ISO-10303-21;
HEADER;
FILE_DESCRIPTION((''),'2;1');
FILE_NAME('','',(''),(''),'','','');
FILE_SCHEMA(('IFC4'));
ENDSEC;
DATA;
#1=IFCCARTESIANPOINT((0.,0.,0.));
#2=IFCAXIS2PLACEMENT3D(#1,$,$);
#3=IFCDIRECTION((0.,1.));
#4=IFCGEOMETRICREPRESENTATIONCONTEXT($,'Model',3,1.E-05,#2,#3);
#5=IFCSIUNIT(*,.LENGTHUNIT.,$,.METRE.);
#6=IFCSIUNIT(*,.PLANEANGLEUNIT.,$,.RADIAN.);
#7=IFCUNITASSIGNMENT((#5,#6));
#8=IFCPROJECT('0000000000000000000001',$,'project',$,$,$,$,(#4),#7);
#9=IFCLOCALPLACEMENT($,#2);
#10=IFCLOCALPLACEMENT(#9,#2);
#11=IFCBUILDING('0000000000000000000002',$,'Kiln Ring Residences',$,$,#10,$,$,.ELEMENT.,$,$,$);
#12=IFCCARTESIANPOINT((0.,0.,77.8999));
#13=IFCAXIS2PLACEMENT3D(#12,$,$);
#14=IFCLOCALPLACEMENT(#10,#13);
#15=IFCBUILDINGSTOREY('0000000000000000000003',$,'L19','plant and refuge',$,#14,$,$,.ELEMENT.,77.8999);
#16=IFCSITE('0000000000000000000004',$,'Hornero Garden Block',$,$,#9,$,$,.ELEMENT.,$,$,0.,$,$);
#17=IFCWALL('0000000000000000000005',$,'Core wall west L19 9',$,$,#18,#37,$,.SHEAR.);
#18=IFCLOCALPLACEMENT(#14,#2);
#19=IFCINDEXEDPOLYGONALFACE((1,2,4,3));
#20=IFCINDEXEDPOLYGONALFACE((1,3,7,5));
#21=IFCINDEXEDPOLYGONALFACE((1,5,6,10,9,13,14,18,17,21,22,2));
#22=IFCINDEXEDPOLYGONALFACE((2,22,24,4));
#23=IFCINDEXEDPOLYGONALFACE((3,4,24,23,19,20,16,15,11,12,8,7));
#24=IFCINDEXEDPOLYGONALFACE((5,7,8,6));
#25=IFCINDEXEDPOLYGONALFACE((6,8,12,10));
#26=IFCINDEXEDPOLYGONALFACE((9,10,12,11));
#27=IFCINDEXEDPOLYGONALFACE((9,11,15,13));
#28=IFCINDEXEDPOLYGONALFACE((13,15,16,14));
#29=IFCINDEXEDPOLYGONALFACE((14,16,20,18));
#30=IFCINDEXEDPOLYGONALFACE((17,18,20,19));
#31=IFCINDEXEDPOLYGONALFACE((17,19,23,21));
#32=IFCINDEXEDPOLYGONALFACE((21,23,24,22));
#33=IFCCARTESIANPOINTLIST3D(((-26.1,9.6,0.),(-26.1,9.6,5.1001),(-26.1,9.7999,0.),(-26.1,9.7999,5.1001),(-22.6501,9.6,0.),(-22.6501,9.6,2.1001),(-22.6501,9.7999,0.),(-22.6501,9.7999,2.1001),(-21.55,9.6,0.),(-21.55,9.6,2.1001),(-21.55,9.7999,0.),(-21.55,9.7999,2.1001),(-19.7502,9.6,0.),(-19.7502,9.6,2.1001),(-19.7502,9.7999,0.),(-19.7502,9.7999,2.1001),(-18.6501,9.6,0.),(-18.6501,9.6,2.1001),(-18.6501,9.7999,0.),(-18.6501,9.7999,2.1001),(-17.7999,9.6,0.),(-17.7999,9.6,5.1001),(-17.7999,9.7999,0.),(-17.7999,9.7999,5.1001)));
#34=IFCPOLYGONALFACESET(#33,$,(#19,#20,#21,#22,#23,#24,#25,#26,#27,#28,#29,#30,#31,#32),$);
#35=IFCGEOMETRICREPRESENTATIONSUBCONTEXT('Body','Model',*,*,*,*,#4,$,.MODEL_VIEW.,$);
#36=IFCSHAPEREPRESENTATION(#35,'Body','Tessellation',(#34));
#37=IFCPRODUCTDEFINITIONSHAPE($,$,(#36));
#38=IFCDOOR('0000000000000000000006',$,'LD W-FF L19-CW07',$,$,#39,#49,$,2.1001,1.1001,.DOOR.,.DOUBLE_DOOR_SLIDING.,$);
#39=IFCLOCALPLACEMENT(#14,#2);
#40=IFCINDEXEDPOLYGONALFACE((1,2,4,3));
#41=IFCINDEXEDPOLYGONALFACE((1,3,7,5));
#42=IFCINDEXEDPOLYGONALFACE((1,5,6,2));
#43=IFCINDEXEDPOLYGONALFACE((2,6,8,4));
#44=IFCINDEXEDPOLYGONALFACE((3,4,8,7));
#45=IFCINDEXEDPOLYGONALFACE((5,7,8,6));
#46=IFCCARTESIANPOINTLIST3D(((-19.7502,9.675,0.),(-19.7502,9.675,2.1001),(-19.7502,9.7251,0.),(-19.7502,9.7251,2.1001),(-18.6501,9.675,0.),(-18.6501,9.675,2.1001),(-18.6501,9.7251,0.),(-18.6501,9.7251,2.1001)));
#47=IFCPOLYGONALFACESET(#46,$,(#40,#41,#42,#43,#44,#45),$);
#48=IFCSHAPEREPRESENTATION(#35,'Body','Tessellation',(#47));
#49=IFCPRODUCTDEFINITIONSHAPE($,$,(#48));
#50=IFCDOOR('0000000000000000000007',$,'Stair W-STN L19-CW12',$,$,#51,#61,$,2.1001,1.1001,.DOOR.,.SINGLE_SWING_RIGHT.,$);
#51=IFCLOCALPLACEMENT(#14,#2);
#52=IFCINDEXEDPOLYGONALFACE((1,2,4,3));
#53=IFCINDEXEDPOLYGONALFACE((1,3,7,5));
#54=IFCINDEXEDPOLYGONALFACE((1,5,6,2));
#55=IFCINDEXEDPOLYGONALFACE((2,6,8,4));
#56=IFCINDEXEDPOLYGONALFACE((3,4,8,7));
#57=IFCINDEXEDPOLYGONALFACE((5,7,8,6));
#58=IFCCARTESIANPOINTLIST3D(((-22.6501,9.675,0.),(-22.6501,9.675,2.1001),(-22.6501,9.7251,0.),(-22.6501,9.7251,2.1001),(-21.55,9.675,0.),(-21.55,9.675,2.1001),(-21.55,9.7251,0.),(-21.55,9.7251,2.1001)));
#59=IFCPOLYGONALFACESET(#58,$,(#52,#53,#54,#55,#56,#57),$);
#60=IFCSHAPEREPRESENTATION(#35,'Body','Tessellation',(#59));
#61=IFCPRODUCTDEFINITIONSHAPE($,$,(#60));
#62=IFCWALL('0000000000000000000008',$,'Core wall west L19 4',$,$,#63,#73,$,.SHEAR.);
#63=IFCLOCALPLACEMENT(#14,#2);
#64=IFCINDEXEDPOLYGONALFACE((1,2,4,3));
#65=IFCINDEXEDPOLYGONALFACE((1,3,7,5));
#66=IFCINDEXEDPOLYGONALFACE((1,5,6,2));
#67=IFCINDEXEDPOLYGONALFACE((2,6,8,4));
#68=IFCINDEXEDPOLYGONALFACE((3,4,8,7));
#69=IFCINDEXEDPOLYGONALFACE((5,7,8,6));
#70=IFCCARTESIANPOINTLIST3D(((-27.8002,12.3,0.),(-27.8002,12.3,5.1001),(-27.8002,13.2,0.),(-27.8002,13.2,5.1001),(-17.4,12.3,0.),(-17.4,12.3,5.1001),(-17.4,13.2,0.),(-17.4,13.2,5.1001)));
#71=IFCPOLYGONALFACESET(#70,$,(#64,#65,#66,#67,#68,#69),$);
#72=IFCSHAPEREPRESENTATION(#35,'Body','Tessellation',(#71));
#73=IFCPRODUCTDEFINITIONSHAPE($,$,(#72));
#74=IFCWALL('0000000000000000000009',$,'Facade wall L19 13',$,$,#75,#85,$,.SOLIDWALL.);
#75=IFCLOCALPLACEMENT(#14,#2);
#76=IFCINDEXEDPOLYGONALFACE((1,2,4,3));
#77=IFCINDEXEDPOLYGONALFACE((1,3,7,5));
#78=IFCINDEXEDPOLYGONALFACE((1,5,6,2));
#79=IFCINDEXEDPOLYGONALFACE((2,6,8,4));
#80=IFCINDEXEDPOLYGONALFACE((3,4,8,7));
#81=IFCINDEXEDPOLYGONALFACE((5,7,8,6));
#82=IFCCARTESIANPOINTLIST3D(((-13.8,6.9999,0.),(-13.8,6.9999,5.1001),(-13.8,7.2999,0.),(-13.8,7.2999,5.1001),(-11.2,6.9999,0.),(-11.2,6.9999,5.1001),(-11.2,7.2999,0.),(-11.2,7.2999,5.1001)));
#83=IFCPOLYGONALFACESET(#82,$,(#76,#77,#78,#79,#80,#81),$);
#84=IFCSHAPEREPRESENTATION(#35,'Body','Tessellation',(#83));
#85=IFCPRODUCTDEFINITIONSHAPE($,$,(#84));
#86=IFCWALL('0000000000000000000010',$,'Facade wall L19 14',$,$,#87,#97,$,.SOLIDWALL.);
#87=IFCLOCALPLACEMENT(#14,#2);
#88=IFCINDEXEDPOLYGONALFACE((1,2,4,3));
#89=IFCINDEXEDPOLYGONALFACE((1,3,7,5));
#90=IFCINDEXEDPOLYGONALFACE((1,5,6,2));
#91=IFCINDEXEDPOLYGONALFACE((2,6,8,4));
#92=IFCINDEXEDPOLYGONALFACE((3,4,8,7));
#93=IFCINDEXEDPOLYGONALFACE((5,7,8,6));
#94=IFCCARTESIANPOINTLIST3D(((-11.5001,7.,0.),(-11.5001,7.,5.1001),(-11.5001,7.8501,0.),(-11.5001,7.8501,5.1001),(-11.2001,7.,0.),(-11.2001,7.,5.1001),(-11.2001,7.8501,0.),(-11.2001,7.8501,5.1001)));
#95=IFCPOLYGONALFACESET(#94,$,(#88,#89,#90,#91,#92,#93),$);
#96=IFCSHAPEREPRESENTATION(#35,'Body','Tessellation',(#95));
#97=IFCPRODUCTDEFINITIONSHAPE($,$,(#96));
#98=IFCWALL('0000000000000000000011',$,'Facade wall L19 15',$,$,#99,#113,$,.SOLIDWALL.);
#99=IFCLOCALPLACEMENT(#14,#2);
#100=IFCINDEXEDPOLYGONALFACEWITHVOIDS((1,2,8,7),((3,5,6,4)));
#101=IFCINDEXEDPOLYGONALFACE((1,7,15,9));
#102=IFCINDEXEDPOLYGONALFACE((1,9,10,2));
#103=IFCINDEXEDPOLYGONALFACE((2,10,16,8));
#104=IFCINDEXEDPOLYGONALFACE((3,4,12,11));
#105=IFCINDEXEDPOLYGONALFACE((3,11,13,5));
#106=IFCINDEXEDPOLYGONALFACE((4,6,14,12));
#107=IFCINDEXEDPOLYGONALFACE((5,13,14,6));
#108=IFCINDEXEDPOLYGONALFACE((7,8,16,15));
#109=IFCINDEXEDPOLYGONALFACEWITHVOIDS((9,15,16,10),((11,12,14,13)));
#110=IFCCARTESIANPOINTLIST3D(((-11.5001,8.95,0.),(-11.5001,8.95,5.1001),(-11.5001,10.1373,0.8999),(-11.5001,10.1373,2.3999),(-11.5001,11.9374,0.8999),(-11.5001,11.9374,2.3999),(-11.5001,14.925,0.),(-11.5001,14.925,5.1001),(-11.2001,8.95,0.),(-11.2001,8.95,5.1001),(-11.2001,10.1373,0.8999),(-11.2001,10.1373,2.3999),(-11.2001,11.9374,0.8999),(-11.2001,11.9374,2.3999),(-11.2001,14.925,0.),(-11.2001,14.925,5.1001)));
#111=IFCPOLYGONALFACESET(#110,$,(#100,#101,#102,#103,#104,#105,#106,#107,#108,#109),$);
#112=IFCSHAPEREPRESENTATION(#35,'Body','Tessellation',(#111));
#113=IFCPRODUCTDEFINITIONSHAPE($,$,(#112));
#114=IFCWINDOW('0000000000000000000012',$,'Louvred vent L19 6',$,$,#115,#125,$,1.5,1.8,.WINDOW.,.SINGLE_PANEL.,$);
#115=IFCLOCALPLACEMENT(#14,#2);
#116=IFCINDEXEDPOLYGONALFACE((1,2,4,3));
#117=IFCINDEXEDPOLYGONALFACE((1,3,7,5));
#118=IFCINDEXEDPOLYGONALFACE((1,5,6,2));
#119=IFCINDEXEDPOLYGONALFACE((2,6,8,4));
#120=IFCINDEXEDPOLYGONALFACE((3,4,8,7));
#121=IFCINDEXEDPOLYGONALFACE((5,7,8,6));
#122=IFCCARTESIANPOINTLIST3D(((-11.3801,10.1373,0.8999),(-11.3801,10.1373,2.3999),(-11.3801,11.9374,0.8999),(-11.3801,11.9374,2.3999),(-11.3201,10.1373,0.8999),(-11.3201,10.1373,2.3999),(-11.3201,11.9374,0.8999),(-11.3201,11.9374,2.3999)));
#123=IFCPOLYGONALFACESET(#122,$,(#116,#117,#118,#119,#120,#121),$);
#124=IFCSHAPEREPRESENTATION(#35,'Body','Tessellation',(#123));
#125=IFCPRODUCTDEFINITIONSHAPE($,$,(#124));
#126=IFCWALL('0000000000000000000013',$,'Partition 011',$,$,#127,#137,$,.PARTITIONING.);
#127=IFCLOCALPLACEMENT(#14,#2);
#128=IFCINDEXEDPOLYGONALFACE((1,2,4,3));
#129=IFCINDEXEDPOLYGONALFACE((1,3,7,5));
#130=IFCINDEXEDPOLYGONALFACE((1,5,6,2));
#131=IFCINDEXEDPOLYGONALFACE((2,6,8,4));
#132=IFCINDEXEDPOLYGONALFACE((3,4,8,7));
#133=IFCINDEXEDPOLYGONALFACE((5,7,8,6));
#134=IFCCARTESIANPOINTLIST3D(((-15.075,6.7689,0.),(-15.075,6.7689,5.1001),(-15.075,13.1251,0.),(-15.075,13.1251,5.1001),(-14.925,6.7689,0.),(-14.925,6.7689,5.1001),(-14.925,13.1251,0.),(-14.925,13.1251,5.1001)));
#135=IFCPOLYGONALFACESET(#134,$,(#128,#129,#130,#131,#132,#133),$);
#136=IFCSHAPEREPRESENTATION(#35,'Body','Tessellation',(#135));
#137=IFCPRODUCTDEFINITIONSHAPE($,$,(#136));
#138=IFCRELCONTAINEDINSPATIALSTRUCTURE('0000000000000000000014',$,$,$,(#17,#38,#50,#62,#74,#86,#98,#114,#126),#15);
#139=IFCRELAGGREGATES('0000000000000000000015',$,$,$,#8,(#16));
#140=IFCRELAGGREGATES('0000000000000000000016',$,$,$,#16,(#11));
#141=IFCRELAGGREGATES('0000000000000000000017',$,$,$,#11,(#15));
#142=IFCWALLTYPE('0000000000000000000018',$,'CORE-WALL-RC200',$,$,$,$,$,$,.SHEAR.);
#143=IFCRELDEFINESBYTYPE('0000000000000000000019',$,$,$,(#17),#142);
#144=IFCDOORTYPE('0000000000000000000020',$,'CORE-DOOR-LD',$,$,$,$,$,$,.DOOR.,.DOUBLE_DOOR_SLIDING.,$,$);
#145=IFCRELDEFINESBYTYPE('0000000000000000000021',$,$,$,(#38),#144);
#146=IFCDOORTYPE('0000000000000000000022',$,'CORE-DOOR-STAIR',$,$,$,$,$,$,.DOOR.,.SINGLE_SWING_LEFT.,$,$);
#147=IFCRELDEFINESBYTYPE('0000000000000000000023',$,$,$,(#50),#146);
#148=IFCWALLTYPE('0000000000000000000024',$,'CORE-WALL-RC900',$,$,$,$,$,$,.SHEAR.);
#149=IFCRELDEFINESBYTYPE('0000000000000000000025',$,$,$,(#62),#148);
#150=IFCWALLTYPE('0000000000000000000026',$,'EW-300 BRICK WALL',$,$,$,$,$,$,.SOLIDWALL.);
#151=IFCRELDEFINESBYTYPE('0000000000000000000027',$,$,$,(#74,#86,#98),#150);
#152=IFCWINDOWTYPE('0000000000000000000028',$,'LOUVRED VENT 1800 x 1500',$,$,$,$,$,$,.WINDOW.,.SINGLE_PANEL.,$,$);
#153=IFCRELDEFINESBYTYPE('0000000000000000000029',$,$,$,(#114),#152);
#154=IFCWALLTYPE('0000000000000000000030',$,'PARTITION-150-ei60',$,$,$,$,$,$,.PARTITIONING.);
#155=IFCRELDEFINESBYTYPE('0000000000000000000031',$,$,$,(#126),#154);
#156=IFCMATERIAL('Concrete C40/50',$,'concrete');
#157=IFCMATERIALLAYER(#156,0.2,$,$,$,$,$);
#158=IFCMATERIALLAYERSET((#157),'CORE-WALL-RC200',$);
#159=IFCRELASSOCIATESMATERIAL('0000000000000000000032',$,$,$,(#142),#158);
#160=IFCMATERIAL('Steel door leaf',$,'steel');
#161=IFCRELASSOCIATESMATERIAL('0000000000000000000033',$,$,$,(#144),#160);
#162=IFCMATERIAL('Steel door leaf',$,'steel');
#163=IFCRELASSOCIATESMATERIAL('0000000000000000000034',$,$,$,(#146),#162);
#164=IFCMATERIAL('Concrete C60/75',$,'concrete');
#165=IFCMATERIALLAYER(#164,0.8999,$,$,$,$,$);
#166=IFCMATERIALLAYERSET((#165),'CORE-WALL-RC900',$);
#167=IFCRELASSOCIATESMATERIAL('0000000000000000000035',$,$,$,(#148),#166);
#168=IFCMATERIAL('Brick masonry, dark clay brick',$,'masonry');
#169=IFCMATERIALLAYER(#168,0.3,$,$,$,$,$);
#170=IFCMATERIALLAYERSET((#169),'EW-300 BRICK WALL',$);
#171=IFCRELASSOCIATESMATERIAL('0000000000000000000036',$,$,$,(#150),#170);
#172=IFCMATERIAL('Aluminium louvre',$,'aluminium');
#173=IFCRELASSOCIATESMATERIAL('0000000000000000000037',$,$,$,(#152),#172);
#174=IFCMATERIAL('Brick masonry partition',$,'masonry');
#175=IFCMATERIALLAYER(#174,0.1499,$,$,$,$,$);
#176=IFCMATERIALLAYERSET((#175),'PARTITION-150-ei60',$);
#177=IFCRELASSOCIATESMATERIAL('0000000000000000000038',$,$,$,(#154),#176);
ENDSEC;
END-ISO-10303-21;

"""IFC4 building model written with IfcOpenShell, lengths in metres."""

from ifc_helpers import new_model, si_unit, direction, frame, frame_2d, origin, place, context, subcontext, project, spatial, rectangle, extrude, material, layer, layer_set, type_object, element, fill, save


model = new_model("IFC4")

# Units and contexts
model_context = context("Model", 3, precision=1e-05, world=origin(), true_north=direction((0.0, 1.0)))
body_context = subcontext(model_context, "Body", "Model", "MODEL_VIEW")
ifc_project = project(units=[si_unit("LENGTHUNIT", "METRE"), si_unit("PLANEANGLEUNIT", "RADIAN")], contexts=[model_context])

# Site, building, storey
site_placement = place(None, origin())
site = spatial("IfcSite", under=ifc_project, at=site_placement, Name="Hornero Garden Block", CompositionType="ELEMENT", RefElevation=0.0)
building_placement = place(site_placement, origin())
building = spatial("IfcBuilding", under=site, at=building_placement, Name="Kiln Ring Residences", CompositionType="ELEMENT")
storey_placement = place(building_placement, frame((0.0, 0.0, 77.8999)))
storey = spatial("IfcBuildingStorey", under=building, at=storey_placement, Name="L19", Description="plant and refuge", CompositionType="ELEMENT", Elevation=77.8999)

# Wall, openings, doors
ifc_material_1 = material(Name="Concrete C40/50", Category="concrete")
ifc_layer_1 = layer(ifc_material_1, 0.2)
ifc_layer_set_1 = layer_set([ifc_layer_1], Name="CORE-WALL-RC200")
wall_type_1 = type_object("IfcWallType", Name="CORE-WALL-RC200", PredefinedType="SHEAR", material=ifc_layer_set_1)
wall_1_placement = place(storey_placement, frame((-17.8, 9.7, 0.0), z_axis=(0.0, 0.0, 1.0), x_axis=(-1.0, 0.0, 0.0)))
wall_1 = element("IfcWall", 1, at=wall_1_placement, inside=storey, type_object=wall_type_1, Name="Core wall west L19 9", PredefinedType="SHEAR", context=body_context, shape_type="SweptSolid", body=[
    extrude(rectangle(XDim=8.3, YDim=0.2, at=frame_2d((4.1499, 0.0))), origin(), (0.0, 0.0, 1.0), 5.1001),
])
opening_1_placement = place(wall_1_placement, frame((0.8501, 0.0, 0.0)))
opening_1 = element("IfcOpeningElement", 2, at=opening_1_placement, cuts=wall_1, PredefinedType="OPENING", context=body_context, shape_type="SweptSolid", body=[
    extrude(rectangle(XDim=1.1001, YDim=2.1001, at=frame_2d((0.55, 1.05))), frame((0.0, 0.1099, 0.0), z_axis=(0.0, -1.0, 0.0), x_axis=(1.0, 0.0, 0.0)), (0.0, 0.0, 1.0), 0.22),
])
opening_2_placement = place(wall_1_placement, frame((3.75, 0.0, 0.0)))
opening_2 = element("IfcOpeningElement", 3, at=opening_2_placement, cuts=wall_1, PredefinedType="OPENING", context=body_context, shape_type="SweptSolid", body=[
    extrude(rectangle(XDim=1.1001, YDim=2.1001, at=frame_2d((0.55, 1.05))), frame((0.0, 0.1099, 0.0), z_axis=(0.0, -1.0, 0.0), x_axis=(1.0, 0.0, 0.0)), (0.0, 0.0, 1.0), 0.22),
])
ifc_material_2 = material(Name="Steel door leaf", Category="steel")
door_type_1 = type_object("IfcDoorType", Name="CORE-DOOR-LD", OperationType="DOUBLE_DOOR_SLIDING", PredefinedType="DOOR", material=ifc_material_2)
door_1_placement = place(opening_1_placement, origin())
door_1 = element("IfcDoor", 4, at=door_1_placement, inside=storey, type_object=door_type_1, Name="LD W-FF L19-CW07", OperationType="DOUBLE_DOOR_SLIDING", OverallHeight=2.1001, OverallWidth=1.1001, PredefinedType="DOOR", context=body_context, shape_type="SweptSolid", body=[
    extrude(rectangle(XDim=1.1001, YDim=2.1001, at=frame_2d((0.55, 1.05))), frame((0.0, 0.0249, 0.0), z_axis=(0.0, -1.0, 0.0), x_axis=(1.0, 0.0, 0.0)), (0.0, 0.0, 1.0), 0.05),
])
fill(opening_1, door_1)
ifc_material_3 = material(Name="Steel door leaf", Category="steel")
door_type_2 = type_object("IfcDoorType", Name="CORE-DOOR-STAIR", OperationType="SINGLE_SWING_LEFT", PredefinedType="DOOR", material=ifc_material_3)
door_2_placement = place(opening_2_placement, origin())
door_2 = element("IfcDoor", 5, at=door_2_placement, inside=storey, type_object=door_type_2, Name="Stair W-STN L19-CW12", OperationType="SINGLE_SWING_RIGHT", OverallHeight=2.1001, OverallWidth=1.1001, PredefinedType="DOOR", context=body_context, shape_type="SweptSolid", body=[
    extrude(rectangle(XDim=1.1001, YDim=2.1001, at=frame_2d((0.55, 1.05))), frame((0.0, 0.0249, 0.0), z_axis=(0.0, -1.0, 0.0), x_axis=(1.0, 0.0, 0.0)), (0.0, 0.0, 1.0), 0.05),
])
fill(opening_2, door_2)

# Walls
ifc_material_4 = material(Name="Concrete C60/75", Category="concrete")
ifc_layer_2 = layer(ifc_material_4, 0.8999)
ifc_layer_set_2 = layer_set([ifc_layer_2], Name="CORE-WALL-RC900")
wall_type_2 = type_object("IfcWallType", Name="CORE-WALL-RC900", PredefinedType="SHEAR", material=ifc_layer_set_2)
wall_2_placement = place(storey_placement, frame((-17.3999, 12.75, 0.0), z_axis=(0.0, 0.0, 1.0), x_axis=(-1.0, 0.0, 0.0)))
element("IfcWall", 6, at=wall_2_placement, inside=storey, type_object=wall_type_2, Name="Core wall west L19 4", PredefinedType="SHEAR", context=body_context, shape_type="SweptSolid", body=[
    extrude(rectangle(XDim=10.4001, YDim=0.8999, at=frame_2d((5.2002, 0.0))), origin(), (0.0, 0.0, 1.0), 5.1001),
])
ifc_material_5 = material(Name="Brick masonry, dark clay brick", Category="masonry")
ifc_layer_3 = layer(ifc_material_5, 0.3)
ifc_layer_set_3 = layer_set([ifc_layer_3], Name="EW-300 BRICK WALL")
wall_type_3 = type_object("IfcWallType", Name="EW-300 BRICK WALL", PredefinedType="SOLIDWALL", material=ifc_layer_set_3)
wall_3_placement = place(storey_placement, frame((-13.8, 7.1499, 0.0), z_axis=(0.0, 0.0, 1.0), x_axis=(1.0, 0.0, 0.0)))
element("IfcWall", 7, at=wall_3_placement, inside=storey, type_object=wall_type_3, Name="Facade wall L19 13", PredefinedType="SOLIDWALL", context=body_context, shape_type="SweptSolid", body=[
    extrude(rectangle(XDim=2.6001, YDim=0.3, at=frame_2d((1.3, 0.0))), origin(), (0.0, 0.0, 1.0), 5.1001),
])
wall_4_placement = place(storey_placement, frame((-11.3501, 7.0, 0.0), z_axis=(0.0, 0.0, 1.0), x_axis=(0.0, 1.0, 0.0)))
element("IfcWall", 8, at=wall_4_placement, inside=storey, type_object=wall_type_3, Name="Facade wall L19 14", PredefinedType="SOLIDWALL", context=body_context, shape_type="SweptSolid", body=[
    extrude(rectangle(XDim=0.8501, YDim=0.3, at=frame_2d((0.425, 0.0))), origin(), (0.0, 0.0, 1.0), 5.1001),
])

# Wall, opening, window
wall_5_placement = place(storey_placement, frame((-11.3501, 8.95, 0.0), z_axis=(0.0, 0.0, 1.0), x_axis=(0.0, 1.0, 0.0)))
wall_5 = element("IfcWall", 9, at=wall_5_placement, inside=storey, type_object=wall_type_3, Name="Facade wall L19 15", PredefinedType="SOLIDWALL", context=body_context, shape_type="SweptSolid", body=[
    extrude(rectangle(XDim=5.9751, YDim=0.3, at=frame_2d((2.9875, 0.0))), origin(), (0.0, 0.0, 1.0), 5.1001),
])
opening_3_placement = place(wall_5_placement, frame((1.1875, 0.0, 0.8999)))
opening_3 = element("IfcOpeningElement", 10, at=opening_3_placement, cuts=wall_5, PredefinedType="OPENING", context=body_context, shape_type="SweptSolid", body=[
    extrude(rectangle(XDim=1.8, YDim=1.5, at=frame_2d((0.8999, 0.75))), frame((0.0, 0.1599, 0.0), z_axis=(0.0, -1.0, 0.0), x_axis=(1.0, 0.0, 0.0)), (0.0, 0.0, 1.0), 0.3201),
])
ifc_material_6 = material(Name="Aluminium louvre", Category="aluminium")
window_type = type_object("IfcWindowType", Name="LOUVRED VENT 1800 x 1500", PartitioningType="SINGLE_PANEL", PredefinedType="WINDOW", material=ifc_material_6)
window_placement = place(opening_3_placement, origin())
window = element("IfcWindow", 11, at=window_placement, inside=storey, type_object=window_type, Name="Louvred vent L19 6", OverallHeight=1.5, OverallWidth=1.8, PartitioningType="SINGLE_PANEL", PredefinedType="WINDOW", context=body_context, shape_type="SweptSolid", body=[
    extrude(rectangle(XDim=1.8, YDim=1.5, at=frame_2d((0.8999, 0.75))), frame((0.0, 0.03, 0.0), z_axis=(0.0, -1.0, 0.0), x_axis=(1.0, 0.0, 0.0)), (0.0, 0.0, 1.0), 0.0601),
])
fill(opening_3, window)

# Wall
ifc_material_7 = material(Name="Brick masonry partition", Category="masonry")
ifc_layer_4 = layer(ifc_material_7, 0.1499)
ifc_layer_set_4 = layer_set([ifc_layer_4], Name="PARTITION-150-ei60")
wall_type_4 = type_object("IfcWallType", Name="PARTITION-150-ei60", PredefinedType="PARTITIONING", material=ifc_layer_set_4)
wall_6_placement = place(storey_placement, frame((-15.0, 6.7688, 0.0), z_axis=(0.0, 0.0, 1.0), x_axis=(0.0, 1.0, 0.0)))
element("IfcWall", 12, at=wall_6_placement, inside=storey, type_object=wall_type_4, Name="Partition 011", PredefinedType="PARTITIONING", context=body_context, shape_type="SweptSolid", body=[
    extrude(rectangle(XDim=6.3562, YDim=0.1499, at=frame_2d((3.1782, 0.0))), origin(), (0.0, 0.0, 1.0), 5.1001),
])

save(model, "model.ifc")
